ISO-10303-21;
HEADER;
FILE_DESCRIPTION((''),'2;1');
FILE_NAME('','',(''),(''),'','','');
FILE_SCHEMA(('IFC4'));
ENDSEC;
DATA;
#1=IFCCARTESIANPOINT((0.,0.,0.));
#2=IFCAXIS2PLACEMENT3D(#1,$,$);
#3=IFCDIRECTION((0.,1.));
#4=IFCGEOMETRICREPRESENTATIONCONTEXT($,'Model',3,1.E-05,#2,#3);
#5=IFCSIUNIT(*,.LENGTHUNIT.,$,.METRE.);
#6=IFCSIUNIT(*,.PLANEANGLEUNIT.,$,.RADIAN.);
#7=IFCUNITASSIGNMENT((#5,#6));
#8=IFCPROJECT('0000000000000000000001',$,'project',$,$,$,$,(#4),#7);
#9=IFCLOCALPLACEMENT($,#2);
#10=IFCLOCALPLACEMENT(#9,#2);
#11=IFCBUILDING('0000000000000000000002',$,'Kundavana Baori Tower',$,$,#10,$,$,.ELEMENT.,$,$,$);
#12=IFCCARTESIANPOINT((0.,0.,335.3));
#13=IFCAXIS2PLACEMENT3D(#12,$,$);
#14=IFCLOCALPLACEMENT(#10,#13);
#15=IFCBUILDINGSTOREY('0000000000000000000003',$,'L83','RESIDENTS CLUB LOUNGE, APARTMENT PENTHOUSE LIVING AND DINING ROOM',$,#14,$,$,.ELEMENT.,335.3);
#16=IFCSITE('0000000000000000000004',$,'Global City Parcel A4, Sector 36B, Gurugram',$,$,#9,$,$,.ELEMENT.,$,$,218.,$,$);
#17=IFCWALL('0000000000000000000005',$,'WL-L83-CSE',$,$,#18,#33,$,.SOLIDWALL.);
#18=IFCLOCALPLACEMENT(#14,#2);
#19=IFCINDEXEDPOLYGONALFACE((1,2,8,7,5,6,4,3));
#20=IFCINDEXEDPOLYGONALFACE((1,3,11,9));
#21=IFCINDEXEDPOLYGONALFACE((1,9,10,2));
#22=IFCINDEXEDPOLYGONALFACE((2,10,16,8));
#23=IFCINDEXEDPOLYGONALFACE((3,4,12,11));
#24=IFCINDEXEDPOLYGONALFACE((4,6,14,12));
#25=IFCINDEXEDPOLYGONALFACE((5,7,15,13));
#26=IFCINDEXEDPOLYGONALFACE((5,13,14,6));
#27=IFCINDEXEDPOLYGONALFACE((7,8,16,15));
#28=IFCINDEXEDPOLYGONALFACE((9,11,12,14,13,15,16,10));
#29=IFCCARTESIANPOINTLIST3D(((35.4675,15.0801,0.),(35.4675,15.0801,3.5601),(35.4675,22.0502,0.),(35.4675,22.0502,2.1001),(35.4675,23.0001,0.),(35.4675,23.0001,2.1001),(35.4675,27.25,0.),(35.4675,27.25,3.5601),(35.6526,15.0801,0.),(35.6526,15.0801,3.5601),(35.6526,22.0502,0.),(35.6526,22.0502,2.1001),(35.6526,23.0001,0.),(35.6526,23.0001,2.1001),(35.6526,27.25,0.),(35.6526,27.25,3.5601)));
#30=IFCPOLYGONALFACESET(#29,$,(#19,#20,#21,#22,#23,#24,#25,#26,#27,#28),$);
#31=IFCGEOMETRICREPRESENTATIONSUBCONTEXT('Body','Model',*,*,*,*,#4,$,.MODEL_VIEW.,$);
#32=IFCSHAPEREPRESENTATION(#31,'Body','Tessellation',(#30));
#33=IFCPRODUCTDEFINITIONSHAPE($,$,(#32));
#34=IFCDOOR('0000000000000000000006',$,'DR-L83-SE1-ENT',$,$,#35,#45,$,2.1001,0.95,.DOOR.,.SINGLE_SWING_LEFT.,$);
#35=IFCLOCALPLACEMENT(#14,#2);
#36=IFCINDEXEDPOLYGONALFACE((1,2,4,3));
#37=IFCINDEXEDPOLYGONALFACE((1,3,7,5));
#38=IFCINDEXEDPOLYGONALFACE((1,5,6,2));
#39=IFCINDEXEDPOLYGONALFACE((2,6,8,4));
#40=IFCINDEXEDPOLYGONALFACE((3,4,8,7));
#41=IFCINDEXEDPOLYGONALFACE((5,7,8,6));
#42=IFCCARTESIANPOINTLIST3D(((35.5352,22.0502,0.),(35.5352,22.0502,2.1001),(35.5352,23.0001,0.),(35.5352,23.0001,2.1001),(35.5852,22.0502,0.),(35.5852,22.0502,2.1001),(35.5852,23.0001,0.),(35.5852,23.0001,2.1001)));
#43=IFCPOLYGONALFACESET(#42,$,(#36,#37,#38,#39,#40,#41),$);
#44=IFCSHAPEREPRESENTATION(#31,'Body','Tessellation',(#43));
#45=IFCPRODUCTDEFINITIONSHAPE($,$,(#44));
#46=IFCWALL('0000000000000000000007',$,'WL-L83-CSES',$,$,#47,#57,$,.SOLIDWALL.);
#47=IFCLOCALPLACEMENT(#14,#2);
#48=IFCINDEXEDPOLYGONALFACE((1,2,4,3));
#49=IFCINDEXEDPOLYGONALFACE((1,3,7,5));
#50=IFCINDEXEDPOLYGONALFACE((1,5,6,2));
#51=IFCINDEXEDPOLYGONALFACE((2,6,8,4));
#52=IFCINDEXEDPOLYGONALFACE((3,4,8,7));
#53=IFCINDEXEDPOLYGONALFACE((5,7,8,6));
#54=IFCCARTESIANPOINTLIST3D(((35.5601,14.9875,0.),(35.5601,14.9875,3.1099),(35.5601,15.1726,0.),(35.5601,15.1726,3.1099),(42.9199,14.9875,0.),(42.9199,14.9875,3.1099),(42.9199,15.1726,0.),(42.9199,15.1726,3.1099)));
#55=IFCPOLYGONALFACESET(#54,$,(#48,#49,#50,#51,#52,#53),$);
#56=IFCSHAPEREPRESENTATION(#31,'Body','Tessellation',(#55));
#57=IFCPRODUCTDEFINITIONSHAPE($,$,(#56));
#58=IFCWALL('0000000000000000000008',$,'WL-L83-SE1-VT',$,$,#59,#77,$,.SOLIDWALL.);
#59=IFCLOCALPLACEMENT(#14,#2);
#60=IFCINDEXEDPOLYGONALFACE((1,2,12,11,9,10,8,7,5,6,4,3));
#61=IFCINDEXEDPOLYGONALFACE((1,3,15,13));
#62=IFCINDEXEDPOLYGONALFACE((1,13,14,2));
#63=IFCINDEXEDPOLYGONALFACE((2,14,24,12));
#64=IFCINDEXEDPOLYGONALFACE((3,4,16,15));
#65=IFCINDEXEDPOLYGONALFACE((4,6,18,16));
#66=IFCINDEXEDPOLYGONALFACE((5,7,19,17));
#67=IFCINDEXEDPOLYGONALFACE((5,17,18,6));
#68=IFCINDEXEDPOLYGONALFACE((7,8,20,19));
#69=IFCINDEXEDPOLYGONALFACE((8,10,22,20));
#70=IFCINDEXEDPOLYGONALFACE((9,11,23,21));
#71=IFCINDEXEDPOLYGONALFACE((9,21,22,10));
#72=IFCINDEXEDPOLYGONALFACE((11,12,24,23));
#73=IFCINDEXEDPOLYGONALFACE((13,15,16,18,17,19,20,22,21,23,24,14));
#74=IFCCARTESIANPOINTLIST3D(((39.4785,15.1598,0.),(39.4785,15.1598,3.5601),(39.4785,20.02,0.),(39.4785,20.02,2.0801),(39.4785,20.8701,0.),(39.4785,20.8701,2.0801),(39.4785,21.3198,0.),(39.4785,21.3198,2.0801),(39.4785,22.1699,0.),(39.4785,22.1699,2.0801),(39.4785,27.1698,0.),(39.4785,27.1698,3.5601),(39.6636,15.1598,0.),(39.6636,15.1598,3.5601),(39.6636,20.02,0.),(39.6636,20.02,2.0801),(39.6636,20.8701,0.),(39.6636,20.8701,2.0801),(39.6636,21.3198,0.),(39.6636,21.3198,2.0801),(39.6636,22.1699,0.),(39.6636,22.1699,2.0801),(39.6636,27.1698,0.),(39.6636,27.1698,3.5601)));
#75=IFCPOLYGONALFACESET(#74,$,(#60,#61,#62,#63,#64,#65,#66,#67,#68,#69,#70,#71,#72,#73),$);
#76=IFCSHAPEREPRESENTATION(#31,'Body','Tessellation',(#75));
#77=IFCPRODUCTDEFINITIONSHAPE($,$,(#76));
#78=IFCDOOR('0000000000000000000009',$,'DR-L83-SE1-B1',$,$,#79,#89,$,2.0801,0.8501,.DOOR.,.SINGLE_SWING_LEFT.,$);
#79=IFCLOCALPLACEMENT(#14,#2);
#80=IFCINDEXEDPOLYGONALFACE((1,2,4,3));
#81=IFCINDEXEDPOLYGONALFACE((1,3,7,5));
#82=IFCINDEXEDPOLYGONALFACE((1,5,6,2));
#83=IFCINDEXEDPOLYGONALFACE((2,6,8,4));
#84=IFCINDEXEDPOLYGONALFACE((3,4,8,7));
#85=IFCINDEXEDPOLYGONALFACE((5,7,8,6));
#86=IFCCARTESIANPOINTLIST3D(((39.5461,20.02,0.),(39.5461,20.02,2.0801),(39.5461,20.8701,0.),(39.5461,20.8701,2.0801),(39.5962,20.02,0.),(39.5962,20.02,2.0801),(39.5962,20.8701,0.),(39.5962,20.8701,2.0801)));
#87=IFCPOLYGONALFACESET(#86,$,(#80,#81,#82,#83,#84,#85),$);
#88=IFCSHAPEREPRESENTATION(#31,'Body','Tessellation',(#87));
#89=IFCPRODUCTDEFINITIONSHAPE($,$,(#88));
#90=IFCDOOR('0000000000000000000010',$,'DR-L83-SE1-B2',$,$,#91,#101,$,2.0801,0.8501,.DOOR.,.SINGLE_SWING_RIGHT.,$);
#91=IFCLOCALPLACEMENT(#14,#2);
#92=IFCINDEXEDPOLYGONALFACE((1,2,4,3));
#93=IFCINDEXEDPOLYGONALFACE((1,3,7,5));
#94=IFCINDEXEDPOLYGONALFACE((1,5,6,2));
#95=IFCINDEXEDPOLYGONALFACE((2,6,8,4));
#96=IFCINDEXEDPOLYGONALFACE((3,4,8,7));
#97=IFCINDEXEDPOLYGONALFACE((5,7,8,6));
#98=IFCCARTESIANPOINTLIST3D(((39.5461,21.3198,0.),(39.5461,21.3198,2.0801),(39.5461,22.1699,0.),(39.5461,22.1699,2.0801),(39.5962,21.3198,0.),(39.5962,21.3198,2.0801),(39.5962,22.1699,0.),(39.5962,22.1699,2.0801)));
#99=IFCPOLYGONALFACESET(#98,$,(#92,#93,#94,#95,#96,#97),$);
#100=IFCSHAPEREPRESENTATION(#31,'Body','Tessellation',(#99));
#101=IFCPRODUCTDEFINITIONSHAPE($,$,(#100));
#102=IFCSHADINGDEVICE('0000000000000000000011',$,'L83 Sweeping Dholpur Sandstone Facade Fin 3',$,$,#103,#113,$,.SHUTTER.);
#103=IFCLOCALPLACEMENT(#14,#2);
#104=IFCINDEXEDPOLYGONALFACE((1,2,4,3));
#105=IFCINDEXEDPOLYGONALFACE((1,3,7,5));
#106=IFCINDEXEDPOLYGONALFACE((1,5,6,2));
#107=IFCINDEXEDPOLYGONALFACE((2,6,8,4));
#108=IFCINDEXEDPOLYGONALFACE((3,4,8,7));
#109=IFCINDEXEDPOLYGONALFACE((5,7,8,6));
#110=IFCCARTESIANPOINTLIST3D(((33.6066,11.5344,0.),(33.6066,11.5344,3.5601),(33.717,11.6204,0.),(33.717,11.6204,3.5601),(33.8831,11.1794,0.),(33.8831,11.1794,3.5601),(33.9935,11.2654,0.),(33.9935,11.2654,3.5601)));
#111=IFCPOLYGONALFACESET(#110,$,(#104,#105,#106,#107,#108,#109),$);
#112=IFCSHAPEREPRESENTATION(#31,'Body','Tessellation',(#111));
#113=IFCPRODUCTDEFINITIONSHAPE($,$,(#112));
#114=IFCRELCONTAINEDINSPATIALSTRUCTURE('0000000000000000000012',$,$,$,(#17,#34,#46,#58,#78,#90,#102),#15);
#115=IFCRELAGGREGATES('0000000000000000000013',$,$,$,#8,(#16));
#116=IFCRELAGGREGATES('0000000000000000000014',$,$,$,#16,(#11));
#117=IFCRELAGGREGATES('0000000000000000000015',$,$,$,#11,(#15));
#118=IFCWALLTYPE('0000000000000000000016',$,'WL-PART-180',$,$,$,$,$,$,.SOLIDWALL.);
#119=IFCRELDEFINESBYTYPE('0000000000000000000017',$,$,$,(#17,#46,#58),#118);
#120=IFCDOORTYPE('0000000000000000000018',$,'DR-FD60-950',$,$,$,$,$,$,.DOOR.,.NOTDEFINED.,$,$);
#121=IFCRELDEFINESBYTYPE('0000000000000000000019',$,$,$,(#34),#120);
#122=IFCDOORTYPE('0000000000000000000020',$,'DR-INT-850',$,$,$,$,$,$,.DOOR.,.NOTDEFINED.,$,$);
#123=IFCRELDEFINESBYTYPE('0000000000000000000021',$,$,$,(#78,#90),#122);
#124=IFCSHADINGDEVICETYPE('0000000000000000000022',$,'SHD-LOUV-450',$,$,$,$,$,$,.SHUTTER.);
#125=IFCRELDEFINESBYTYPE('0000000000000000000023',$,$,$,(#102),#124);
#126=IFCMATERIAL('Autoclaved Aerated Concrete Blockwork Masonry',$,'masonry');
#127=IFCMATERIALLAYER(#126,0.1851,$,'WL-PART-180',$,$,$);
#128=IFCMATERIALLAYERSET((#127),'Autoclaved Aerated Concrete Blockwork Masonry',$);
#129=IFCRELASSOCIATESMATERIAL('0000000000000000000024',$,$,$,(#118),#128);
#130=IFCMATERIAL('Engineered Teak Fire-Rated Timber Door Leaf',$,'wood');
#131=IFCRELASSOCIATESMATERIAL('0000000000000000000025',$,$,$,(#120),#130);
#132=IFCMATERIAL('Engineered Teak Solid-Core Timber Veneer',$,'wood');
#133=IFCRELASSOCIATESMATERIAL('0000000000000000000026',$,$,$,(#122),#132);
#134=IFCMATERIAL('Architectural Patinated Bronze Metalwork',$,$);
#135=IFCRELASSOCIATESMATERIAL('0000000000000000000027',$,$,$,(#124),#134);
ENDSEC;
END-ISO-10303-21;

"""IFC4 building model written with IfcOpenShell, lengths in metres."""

from ifc_helpers import new_model, si_unit, direction, frame, frame_2d, origin, origin_2d, place, context, subcontext, project, spatial, rectangle, extrude, material, layer, layer_set, type_object, element, fill, save


model = new_model("IFC4")

# Units and contexts
model_context = context("Model", 3, precision=1e-05, world=origin(), true_north=direction((0.0, 1.0)))
body_context = subcontext(model_context, "Body", "Model", "MODEL_VIEW")
ifc_project = project(units=[si_unit("LENGTHUNIT", "METRE"), si_unit("PLANEANGLEUNIT", "RADIAN")], contexts=[model_context])

# Site, building, storey
site_placement = place(None, origin())
site = spatial("IfcSite", under=ifc_project, at=site_placement, Name="Global City Parcel A4, Sector 36B, Gurugram", CompositionType="ELEMENT", RefElevation=218.0)
building_placement = place(site_placement, origin())
building = spatial("IfcBuilding", under=site, at=building_placement, Name="Kundavana Baori Tower", CompositionType="ELEMENT")
storey_placement = place(building_placement, frame((0.0, 0.0, 335.3)))
storey = spatial("IfcBuildingStorey", under=building, at=storey_placement, Name="L83", Description="RESIDENTS CLUB LOUNGE, APARTMENT PENTHOUSE LIVING AND DINING ROOM", CompositionType="ELEMENT", Elevation=335.3)

# Wall, opening, door
ifc_material_1 = material(Name="Autoclaved Aerated Concrete Blockwork Masonry", Category="masonry")
ifc_layer_1 = layer(ifc_material_1, 0.1851, Name="WL-PART-180")
ifc_layer_set_1 = layer_set([ifc_layer_1], Name="Autoclaved Aerated Concrete Blockwork Masonry")
wall_type_1 = type_object("IfcWallType", Name="WL-PART-180", PredefinedType="SOLIDWALL", material=ifc_layer_set_1)
wall_1_placement = place(storey_placement, frame((35.5601, 15.0801, 0.0), z_axis=(0.0, 0.0, 1.0), x_axis=(0.0, 1.0, 0.0)))
wall_1 = element("IfcWall", 1, at=wall_1_placement, inside=storey, type_object=wall_type_1, Name="WL-L83-CSE", PredefinedType="SOLIDWALL", context=body_context, shape_type="SweptSolid", body=[
    extrude(rectangle(XDim=12.1699, YDim=0.1851, at=frame_2d((6.085, 0.0))), origin(), (0.0, 0.0, 1.0), 3.5601),
])
opening_1_placement = place(wall_1_placement, frame((6.97, 0.0, 0.0)))
opening_1 = element("IfcOpeningElement", 2, at=opening_1_placement, cuts=wall_1, PredefinedType="OPENING", context=body_context, shape_type="SweptSolid", body=[
    extrude(rectangle(XDim=0.95, YDim=2.1001, at=frame_2d((0.4751, 1.05))), frame((0.0, 0.1025, 0.0), z_axis=(0.0, -1.0, 0.0), x_axis=(1.0, 0.0, 0.0)), (0.0, 0.0, 1.0), 0.2051),
])
ifc_material_2 = material(Name="Engineered Teak Fire-Rated Timber Door Leaf", Category="wood")
door_type_1 = type_object("IfcDoorType", Name="DR-FD60-950", OperationType="NOTDEFINED", PredefinedType="DOOR", material=ifc_material_2)
door_1_placement = place(opening_1_placement, origin())
door_1 = element("IfcDoor", 3, at=door_1_placement, inside=storey, type_object=door_type_1, Name="DR-L83-SE1-ENT", OperationType="SINGLE_SWING_LEFT", OverallHeight=2.1001, OverallWidth=0.95, PredefinedType="DOOR", context=body_context, shape_type="SweptSolid", body=[
    extrude(rectangle(XDim=0.95, YDim=2.1001, at=frame_2d((0.4751, 1.05))), frame((0.0, 0.0249, 0.0), z_axis=(0.0, -1.0, 0.0), x_axis=(1.0, 0.0, 0.0)), (0.0, 0.0, 1.0), 0.05),
])
fill(opening_1, door_1)

# Wall
wall_2_placement = place(storey_placement, frame((35.5601, 15.0801, 0.0), z_axis=(0.0, 0.0, 1.0), x_axis=(1.0, 0.0, 0.0)))
element("IfcWall", 4, at=wall_2_placement, inside=storey, type_object=wall_type_1, Name="WL-L83-CSES", PredefinedType="SOLIDWALL", context=body_context, shape_type="SweptSolid", body=[
    extrude(rectangle(XDim=7.3599, YDim=0.1851, at=frame_2d((3.6799, 0.0))), origin(), (0.0, 0.0, 1.0), 3.1099),
])

# Wall, openings, doors
wall_3_placement = place(storey_placement, frame((39.571, 15.1599, 0.0), z_axis=(0.0, 0.0, 1.0), x_axis=(0.0, 1.0, 0.0)))
wall_3 = element("IfcWall", 5, at=wall_3_placement, inside=storey, type_object=wall_type_1, Name="WL-L83-SE1-VT", PredefinedType="SOLIDWALL", context=body_context, shape_type="SweptSolid", body=[
    extrude(rectangle(XDim=12.01, YDim=0.1851, at=frame_2d((6.0049, 0.0))), origin(), (0.0, 0.0, 1.0), 3.5601),
])
opening_2_placement = place(wall_3_placement, frame((4.8601, 0.0, 0.0)))
opening_2 = element("IfcOpeningElement", 6, at=opening_2_placement, cuts=wall_3, PredefinedType="OPENING", context=body_context, shape_type="SweptSolid", body=[
    extrude(rectangle(XDim=0.8501, YDim=2.0801, at=frame_2d((0.425, 1.04))), frame((0.0, 0.1025, 0.0), z_axis=(0.0, -1.0, 0.0), x_axis=(1.0, 0.0, 0.0)), (0.0, 0.0, 1.0), 0.2051),
])
opening_3_placement = place(wall_3_placement, frame((6.1599, 0.0, 0.0)))
opening_3 = element("IfcOpeningElement", 7, at=opening_3_placement, cuts=wall_3, PredefinedType="OPENING", context=body_context, shape_type="SweptSolid", body=[
    extrude(rectangle(XDim=0.8501, YDim=2.0801, at=frame_2d((0.425, 1.04))), frame((0.0, 0.1025, 0.0), z_axis=(0.0, -1.0, 0.0), x_axis=(1.0, 0.0, 0.0)), (0.0, 0.0, 1.0), 0.2051),
])
ifc_material_3 = material(Name="Engineered Teak Solid-Core Timber Veneer", Category="wood")
door_type_2 = type_object("IfcDoorType", Name="DR-INT-850", OperationType="NOTDEFINED", PredefinedType="DOOR", material=ifc_material_3)
door_2_placement = place(opening_2_placement, origin())
door_2 = element("IfcDoor", 8, at=door_2_placement, inside=storey, type_object=door_type_2, Name="DR-L83-SE1-B1", OperationType="SINGLE_SWING_LEFT", OverallHeight=2.0801, OverallWidth=0.8501, PredefinedType="DOOR", context=body_context, shape_type="SweptSolid", body=[
    extrude(rectangle(XDim=0.8501, YDim=2.0801, at=frame_2d((0.425, 1.04))), frame((0.0, 0.0249, 0.0), z_axis=(0.0, -1.0, 0.0), x_axis=(1.0, 0.0, 0.0)), (0.0, 0.0, 1.0), 0.05),
])
fill(opening_2, door_2)
door_3_placement = place(opening_3_placement, origin())
door_3 = element("IfcDoor", 9, at=door_3_placement, inside=storey, type_object=door_type_2, Name="DR-L83-SE1-B2", OperationType="SINGLE_SWING_RIGHT", OverallHeight=2.0801, OverallWidth=0.8501, PredefinedType="DOOR", context=body_context, shape_type="SweptSolid", body=[
    extrude(rectangle(XDim=0.8501, YDim=2.0801, at=frame_2d((0.425, 1.04))), frame((0.0, 0.0249, 0.0), z_axis=(0.0, -1.0, 0.0), x_axis=(1.0, 0.0, 0.0)), (0.0, 0.0, 1.0), 0.05),
])
fill(opening_3, door_3)

# Shading device
ifc_material_4 = material(Name="Architectural Patinated Bronze Metalwork")
shading_device_type = type_object("IfcShadingDeviceType", Name="SHD-LOUV-450", PredefinedType="SHUTTER", material=ifc_material_4)
shading_device_placement = place(storey_placement, frame((33.8, 11.3999, 0.0), z_axis=(0.0, 0.0, 1.0), x_axis=(0.78887, 0.614561, 0.0)))
element("IfcShadingDevice", 10, at=shading_device_placement, inside=storey, type_object=shading_device_type, Name="L83 Sweeping Dholpur Sandstone Facade Fin 3", PredefinedType="SHUTTER", context=body_context, shape_type="SweptSolid", body=[
    extrude(rectangle(XDim=0.1399, YDim=0.45, at=origin_2d()), origin(), (0.0, 0.0, 1.0), 3.5601),
])

save(model, "model.ifc")
